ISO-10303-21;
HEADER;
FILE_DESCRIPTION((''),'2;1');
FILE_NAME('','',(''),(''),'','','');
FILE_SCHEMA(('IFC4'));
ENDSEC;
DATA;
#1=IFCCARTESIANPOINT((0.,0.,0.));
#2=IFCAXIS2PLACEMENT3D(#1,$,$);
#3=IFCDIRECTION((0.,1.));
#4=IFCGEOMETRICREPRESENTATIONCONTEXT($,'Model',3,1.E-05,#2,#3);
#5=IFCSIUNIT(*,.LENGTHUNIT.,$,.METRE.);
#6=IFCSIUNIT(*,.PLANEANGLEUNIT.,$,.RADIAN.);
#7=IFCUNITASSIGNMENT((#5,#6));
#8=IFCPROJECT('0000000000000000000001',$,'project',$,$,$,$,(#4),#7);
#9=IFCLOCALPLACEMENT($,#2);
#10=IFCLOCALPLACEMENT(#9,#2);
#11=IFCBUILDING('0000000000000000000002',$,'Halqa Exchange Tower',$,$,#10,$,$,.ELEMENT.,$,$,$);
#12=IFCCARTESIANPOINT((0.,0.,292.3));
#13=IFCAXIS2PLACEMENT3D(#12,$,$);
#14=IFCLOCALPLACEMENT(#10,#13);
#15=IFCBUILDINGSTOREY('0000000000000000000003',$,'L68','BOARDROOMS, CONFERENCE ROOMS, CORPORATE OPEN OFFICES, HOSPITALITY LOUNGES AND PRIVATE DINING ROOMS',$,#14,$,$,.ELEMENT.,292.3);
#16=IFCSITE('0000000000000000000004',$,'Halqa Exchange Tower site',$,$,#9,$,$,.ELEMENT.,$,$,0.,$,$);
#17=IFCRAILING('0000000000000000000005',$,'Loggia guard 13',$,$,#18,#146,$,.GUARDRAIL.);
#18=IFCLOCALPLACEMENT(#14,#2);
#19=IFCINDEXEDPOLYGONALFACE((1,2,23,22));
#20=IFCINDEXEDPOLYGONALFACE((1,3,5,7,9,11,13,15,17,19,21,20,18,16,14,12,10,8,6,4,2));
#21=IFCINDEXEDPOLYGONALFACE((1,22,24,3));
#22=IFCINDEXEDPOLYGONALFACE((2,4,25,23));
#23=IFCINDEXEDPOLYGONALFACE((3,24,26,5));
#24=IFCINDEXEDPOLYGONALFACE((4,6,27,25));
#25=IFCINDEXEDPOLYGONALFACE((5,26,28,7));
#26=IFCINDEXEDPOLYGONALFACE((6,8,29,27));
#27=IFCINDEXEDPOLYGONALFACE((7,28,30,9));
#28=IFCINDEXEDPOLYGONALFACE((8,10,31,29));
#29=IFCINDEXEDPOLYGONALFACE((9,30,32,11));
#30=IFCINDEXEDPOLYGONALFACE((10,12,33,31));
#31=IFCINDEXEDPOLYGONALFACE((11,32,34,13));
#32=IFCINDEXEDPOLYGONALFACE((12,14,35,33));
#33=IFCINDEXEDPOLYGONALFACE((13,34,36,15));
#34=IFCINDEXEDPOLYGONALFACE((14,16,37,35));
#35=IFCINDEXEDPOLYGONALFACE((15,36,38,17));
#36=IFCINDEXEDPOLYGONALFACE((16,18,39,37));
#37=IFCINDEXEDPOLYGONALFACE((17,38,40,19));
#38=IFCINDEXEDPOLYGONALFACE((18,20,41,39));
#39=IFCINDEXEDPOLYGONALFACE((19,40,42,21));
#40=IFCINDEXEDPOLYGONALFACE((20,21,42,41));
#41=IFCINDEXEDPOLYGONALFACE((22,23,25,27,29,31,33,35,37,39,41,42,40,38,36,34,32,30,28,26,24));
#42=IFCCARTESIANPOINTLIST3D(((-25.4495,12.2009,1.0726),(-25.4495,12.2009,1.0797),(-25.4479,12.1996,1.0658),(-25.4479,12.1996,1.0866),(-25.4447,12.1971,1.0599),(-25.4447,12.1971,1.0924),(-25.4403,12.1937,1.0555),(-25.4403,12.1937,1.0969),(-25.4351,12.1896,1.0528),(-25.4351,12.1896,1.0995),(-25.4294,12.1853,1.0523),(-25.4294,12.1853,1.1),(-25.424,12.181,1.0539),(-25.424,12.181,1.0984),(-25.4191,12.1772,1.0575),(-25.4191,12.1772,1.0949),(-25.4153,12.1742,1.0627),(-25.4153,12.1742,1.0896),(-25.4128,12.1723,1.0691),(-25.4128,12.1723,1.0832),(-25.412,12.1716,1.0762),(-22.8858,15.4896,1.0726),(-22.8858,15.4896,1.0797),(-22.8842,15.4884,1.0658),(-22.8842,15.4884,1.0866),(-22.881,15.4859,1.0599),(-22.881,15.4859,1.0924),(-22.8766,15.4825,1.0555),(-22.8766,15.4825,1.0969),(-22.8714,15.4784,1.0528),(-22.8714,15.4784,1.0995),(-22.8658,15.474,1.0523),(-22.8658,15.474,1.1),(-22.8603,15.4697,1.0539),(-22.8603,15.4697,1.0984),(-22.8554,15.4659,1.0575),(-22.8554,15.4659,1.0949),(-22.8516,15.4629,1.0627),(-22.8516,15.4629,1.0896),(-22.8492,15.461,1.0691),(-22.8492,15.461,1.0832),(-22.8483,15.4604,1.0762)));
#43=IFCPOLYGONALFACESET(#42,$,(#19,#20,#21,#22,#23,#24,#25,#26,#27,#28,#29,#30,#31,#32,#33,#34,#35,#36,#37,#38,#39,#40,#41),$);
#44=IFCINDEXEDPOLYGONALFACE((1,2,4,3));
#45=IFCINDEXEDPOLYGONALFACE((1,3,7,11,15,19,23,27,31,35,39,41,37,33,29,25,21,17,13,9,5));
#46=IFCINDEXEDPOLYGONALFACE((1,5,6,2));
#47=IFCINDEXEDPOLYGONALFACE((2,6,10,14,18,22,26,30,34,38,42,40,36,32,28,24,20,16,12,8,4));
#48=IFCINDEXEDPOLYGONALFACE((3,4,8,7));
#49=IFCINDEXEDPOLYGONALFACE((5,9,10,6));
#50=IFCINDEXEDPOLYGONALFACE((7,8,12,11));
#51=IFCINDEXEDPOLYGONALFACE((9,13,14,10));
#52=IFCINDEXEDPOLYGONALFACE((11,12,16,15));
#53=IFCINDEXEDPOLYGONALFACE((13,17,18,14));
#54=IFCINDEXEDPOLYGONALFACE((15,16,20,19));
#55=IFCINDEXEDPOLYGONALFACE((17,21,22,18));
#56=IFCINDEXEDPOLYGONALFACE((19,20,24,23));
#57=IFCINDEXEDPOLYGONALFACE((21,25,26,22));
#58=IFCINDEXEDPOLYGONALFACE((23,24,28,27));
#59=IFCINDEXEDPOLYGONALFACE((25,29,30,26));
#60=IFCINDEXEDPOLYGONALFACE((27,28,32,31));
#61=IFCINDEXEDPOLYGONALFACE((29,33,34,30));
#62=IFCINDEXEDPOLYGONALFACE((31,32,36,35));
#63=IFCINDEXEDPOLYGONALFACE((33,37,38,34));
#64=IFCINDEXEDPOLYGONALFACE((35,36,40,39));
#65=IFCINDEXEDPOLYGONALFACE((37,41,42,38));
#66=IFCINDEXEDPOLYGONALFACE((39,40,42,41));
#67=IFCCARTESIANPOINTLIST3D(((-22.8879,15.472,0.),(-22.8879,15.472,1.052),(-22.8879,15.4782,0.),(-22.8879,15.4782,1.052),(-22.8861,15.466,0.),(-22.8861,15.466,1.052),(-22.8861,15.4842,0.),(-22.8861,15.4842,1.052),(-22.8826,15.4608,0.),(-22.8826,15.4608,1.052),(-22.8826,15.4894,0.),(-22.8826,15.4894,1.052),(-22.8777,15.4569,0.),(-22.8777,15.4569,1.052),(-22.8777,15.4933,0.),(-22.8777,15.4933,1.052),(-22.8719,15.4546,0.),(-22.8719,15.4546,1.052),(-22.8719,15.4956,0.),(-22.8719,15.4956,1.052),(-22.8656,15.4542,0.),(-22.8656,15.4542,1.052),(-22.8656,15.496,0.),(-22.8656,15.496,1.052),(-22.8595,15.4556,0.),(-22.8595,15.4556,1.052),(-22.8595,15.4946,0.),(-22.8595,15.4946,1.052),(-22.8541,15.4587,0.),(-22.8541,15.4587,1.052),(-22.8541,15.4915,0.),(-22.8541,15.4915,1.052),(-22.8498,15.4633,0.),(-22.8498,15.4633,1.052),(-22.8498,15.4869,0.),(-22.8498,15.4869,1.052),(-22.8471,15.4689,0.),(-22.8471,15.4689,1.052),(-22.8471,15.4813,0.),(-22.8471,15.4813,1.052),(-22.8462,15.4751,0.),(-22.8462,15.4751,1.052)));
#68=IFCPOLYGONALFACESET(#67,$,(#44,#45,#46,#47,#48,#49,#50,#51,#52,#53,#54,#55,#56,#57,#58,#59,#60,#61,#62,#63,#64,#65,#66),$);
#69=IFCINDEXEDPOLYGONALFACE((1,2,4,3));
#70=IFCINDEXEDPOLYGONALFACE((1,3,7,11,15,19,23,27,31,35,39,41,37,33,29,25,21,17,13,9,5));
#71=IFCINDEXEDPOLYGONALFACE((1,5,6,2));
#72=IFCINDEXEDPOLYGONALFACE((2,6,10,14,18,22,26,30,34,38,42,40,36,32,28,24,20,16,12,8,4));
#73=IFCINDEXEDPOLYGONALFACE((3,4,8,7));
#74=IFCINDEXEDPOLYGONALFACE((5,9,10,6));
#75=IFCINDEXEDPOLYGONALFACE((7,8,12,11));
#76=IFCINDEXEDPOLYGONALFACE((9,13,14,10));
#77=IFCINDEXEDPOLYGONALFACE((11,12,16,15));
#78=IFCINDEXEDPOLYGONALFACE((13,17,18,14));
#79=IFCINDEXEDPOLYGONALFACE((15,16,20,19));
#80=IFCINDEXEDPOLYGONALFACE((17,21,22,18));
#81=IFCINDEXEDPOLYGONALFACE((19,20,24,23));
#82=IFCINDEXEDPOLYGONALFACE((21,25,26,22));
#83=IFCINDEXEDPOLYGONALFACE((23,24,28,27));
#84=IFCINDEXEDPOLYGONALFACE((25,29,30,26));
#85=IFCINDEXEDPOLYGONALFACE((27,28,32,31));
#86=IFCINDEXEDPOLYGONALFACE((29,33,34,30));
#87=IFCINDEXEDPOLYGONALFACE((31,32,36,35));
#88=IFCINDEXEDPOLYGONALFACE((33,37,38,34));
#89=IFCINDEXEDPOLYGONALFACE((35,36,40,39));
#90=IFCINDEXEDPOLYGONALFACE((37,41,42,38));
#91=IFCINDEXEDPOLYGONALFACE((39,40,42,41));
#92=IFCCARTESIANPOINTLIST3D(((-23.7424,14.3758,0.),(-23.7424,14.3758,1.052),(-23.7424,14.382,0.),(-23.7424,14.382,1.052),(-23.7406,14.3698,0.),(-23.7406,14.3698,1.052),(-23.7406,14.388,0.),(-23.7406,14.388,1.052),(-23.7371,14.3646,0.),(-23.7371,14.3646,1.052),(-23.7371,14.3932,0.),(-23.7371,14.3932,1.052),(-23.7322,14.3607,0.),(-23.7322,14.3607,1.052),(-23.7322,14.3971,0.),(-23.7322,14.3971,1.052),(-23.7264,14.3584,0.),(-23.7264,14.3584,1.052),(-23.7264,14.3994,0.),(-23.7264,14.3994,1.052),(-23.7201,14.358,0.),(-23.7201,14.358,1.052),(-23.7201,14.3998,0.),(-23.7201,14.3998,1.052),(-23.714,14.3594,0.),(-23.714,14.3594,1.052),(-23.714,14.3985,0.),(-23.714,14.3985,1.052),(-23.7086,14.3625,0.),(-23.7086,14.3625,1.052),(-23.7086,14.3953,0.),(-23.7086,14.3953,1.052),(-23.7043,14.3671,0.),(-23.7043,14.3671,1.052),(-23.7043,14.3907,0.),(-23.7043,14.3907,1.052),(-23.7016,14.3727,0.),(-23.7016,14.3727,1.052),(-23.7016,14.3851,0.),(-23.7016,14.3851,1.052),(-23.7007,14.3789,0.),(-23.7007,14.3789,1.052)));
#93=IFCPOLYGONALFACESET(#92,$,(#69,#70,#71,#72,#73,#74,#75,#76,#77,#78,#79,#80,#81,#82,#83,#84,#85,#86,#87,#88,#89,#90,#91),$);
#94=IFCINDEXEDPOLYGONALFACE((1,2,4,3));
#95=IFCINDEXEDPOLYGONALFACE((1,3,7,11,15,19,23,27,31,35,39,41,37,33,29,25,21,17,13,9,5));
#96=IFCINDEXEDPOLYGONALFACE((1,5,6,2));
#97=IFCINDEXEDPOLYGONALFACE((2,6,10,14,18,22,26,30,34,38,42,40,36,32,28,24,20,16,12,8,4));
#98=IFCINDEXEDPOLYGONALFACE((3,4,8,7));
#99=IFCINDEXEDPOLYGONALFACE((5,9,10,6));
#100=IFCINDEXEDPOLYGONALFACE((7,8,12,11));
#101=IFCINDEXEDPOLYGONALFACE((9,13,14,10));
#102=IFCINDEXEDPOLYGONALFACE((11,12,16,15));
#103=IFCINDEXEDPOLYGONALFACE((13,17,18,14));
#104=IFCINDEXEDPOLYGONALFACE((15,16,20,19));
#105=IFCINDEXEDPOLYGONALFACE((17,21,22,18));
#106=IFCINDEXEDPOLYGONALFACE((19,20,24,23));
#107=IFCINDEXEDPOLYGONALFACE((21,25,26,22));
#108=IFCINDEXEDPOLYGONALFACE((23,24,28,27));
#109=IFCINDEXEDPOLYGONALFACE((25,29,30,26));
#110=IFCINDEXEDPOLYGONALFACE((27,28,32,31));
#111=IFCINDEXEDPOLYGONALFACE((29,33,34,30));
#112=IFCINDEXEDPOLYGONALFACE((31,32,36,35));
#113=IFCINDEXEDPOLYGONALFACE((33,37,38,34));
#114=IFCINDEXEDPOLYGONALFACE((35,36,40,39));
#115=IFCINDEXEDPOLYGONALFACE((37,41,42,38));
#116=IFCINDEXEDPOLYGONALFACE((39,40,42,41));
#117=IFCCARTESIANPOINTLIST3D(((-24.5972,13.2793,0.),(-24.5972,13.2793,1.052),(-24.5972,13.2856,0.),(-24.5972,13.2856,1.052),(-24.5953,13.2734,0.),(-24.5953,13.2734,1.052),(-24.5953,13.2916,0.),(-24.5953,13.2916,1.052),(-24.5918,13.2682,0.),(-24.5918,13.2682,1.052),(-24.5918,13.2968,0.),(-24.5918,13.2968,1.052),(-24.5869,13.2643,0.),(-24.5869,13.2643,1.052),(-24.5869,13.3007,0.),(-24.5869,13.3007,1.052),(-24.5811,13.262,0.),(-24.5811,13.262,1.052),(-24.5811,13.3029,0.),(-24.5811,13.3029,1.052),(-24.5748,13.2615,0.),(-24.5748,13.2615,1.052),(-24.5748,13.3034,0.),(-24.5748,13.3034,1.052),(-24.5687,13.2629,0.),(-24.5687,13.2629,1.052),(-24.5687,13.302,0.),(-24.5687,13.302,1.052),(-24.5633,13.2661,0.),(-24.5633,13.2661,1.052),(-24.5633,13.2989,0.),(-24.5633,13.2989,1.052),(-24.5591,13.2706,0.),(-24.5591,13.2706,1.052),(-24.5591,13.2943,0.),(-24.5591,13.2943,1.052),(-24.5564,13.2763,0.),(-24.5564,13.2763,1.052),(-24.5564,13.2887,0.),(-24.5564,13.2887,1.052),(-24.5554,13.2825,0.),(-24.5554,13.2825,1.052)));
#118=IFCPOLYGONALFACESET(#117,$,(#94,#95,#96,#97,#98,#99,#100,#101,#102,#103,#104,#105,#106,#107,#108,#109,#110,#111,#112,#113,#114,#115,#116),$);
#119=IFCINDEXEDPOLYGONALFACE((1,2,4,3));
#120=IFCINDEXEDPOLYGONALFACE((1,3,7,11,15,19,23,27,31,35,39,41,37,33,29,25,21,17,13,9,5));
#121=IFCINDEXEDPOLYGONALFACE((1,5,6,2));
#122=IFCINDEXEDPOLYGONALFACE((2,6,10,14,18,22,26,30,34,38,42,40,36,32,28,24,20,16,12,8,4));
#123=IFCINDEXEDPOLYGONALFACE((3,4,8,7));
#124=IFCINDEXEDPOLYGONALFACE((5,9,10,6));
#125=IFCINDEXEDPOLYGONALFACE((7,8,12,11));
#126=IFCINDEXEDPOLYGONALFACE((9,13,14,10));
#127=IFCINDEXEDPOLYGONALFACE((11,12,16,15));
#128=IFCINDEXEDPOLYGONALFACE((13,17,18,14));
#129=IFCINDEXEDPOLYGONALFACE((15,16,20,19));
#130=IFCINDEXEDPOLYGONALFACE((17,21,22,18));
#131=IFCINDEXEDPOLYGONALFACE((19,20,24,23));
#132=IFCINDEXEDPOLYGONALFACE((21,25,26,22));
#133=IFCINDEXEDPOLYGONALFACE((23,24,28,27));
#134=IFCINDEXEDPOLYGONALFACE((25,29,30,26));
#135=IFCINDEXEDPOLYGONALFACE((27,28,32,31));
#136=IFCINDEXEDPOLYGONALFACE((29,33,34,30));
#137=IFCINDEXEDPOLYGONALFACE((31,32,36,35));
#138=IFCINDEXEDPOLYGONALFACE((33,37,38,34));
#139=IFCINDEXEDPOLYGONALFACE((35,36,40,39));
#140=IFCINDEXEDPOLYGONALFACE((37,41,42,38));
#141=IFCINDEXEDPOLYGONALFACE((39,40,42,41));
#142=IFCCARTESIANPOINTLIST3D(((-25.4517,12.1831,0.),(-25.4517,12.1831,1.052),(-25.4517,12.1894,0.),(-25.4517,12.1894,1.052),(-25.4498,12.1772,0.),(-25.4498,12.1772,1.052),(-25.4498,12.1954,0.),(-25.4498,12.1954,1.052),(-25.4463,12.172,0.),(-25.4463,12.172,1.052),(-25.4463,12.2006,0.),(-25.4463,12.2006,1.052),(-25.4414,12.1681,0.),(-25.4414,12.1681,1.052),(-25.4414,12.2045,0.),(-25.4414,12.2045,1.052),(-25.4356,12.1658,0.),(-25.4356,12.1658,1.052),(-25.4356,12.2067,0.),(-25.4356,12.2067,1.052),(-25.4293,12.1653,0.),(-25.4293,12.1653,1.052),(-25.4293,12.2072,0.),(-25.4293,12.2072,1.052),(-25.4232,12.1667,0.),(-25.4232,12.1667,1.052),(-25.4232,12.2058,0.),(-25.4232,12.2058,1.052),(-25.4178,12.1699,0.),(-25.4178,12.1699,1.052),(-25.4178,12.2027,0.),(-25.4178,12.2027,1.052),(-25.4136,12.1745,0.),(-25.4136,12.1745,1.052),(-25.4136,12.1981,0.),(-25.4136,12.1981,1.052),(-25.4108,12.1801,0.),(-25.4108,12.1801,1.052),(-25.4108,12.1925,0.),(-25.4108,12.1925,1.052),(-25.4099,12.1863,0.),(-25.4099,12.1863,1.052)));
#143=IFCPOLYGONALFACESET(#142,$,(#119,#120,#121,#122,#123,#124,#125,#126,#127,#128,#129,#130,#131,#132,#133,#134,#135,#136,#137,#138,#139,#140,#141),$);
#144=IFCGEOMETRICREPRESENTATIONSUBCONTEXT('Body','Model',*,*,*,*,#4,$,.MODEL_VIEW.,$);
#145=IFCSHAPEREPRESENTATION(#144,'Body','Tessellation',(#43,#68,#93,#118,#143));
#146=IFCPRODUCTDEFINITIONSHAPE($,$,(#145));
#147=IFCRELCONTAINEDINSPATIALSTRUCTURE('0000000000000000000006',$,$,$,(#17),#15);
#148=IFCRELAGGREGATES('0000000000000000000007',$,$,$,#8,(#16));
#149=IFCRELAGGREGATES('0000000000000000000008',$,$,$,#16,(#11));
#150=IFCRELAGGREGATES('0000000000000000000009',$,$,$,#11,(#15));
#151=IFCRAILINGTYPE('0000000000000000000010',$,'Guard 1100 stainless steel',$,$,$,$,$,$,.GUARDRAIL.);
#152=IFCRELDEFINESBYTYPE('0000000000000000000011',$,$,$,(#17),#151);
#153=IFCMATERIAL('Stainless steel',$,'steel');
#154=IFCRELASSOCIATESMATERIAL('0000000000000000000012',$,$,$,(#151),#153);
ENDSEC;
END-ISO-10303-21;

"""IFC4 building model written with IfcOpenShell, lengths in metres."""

from ifc_helpers import new_model, si_unit, direction, frame, origin, origin_2d, place, context, subcontext, project, spatial, circle, extrude, material, type_object, element, save


model = new_model("IFC4")

# Units and contexts
model_context = context("Model", 3, precision=1e-05, world=origin(), true_north=direction((0.0, 1.0)))
body_context = subcontext(model_context, "Body", "Model", "MODEL_VIEW")
ifc_project = project(units=[si_unit("LENGTHUNIT", "METRE"), si_unit("PLANEANGLEUNIT", "RADIAN")], contexts=[model_context])

# Site, building, storey
site_placement = place(None, origin())
site = spatial("IfcSite", under=ifc_project, at=site_placement, Name="Halqa Exchange Tower site", CompositionType="ELEMENT", RefElevation=0.0)
building_placement = place(site_placement, origin())
building = spatial("IfcBuilding", under=site, at=building_placement, Name="Halqa Exchange Tower", CompositionType="ELEMENT")
storey_placement = place(building_placement, frame((0.0, 0.0, 292.3)))
storey = spatial("IfcBuildingStorey", under=building, at=storey_placement, Name="L68", Description="BOARDROOMS, CONFERENCE ROOMS, CORPORATE OPEN OFFICES, HOSPITALITY LOUNGES AND PRIVATE DINING ROOMS", CompositionType="ELEMENT", Elevation=292.3)

# Railing
ifc_material_1 = material(Name="Stainless steel", Category="steel")
railing_type = type_object("IfcRailingType", Name="Guard 1100 stainless steel", PredefinedType="GUARDRAIL", material=ifc_material_1)
railing_1_placement = place(storey_placement, frame((-22.8672, 15.4751, 0.0)))
element("IfcRailing", 1, at=railing_1_placement, inside=storey, type_object=railing_type, Name="Loggia guard 13", PredefinedType="GUARDRAIL", context=body_context, shape_type="SweptSolid", body=[
    extrude(circle(Radius=0.0239, at=origin_2d()), frame((0.0, 0.0, 1.0762), z_axis=(-0.6148, -0.788683, 0.0), x_axis=(0.788683, -0.6148, 0.0)), (0.0, 0.0, 1.0), 4.1699),
    extrude(circle(Radius=0.021, at=origin_2d()), origin(), (0.0, 0.0, 1.0), 1.052),
    extrude(circle(Radius=0.021, at=origin_2d()), frame((-0.8545, -1.0962, 0.0)), (0.0, 0.0, 1.0), 1.052),
    extrude(circle(Radius=0.021, at=origin_2d()), frame((-1.7092, -2.1926, 0.0)), (0.0, 0.0, 1.0), 1.052),
    extrude(circle(Radius=0.021, at=origin_2d()), frame((-2.5637, -3.2888, 0.0)), (0.0, 0.0, 1.0), 1.052),
])

save(model, "model.ifc")
